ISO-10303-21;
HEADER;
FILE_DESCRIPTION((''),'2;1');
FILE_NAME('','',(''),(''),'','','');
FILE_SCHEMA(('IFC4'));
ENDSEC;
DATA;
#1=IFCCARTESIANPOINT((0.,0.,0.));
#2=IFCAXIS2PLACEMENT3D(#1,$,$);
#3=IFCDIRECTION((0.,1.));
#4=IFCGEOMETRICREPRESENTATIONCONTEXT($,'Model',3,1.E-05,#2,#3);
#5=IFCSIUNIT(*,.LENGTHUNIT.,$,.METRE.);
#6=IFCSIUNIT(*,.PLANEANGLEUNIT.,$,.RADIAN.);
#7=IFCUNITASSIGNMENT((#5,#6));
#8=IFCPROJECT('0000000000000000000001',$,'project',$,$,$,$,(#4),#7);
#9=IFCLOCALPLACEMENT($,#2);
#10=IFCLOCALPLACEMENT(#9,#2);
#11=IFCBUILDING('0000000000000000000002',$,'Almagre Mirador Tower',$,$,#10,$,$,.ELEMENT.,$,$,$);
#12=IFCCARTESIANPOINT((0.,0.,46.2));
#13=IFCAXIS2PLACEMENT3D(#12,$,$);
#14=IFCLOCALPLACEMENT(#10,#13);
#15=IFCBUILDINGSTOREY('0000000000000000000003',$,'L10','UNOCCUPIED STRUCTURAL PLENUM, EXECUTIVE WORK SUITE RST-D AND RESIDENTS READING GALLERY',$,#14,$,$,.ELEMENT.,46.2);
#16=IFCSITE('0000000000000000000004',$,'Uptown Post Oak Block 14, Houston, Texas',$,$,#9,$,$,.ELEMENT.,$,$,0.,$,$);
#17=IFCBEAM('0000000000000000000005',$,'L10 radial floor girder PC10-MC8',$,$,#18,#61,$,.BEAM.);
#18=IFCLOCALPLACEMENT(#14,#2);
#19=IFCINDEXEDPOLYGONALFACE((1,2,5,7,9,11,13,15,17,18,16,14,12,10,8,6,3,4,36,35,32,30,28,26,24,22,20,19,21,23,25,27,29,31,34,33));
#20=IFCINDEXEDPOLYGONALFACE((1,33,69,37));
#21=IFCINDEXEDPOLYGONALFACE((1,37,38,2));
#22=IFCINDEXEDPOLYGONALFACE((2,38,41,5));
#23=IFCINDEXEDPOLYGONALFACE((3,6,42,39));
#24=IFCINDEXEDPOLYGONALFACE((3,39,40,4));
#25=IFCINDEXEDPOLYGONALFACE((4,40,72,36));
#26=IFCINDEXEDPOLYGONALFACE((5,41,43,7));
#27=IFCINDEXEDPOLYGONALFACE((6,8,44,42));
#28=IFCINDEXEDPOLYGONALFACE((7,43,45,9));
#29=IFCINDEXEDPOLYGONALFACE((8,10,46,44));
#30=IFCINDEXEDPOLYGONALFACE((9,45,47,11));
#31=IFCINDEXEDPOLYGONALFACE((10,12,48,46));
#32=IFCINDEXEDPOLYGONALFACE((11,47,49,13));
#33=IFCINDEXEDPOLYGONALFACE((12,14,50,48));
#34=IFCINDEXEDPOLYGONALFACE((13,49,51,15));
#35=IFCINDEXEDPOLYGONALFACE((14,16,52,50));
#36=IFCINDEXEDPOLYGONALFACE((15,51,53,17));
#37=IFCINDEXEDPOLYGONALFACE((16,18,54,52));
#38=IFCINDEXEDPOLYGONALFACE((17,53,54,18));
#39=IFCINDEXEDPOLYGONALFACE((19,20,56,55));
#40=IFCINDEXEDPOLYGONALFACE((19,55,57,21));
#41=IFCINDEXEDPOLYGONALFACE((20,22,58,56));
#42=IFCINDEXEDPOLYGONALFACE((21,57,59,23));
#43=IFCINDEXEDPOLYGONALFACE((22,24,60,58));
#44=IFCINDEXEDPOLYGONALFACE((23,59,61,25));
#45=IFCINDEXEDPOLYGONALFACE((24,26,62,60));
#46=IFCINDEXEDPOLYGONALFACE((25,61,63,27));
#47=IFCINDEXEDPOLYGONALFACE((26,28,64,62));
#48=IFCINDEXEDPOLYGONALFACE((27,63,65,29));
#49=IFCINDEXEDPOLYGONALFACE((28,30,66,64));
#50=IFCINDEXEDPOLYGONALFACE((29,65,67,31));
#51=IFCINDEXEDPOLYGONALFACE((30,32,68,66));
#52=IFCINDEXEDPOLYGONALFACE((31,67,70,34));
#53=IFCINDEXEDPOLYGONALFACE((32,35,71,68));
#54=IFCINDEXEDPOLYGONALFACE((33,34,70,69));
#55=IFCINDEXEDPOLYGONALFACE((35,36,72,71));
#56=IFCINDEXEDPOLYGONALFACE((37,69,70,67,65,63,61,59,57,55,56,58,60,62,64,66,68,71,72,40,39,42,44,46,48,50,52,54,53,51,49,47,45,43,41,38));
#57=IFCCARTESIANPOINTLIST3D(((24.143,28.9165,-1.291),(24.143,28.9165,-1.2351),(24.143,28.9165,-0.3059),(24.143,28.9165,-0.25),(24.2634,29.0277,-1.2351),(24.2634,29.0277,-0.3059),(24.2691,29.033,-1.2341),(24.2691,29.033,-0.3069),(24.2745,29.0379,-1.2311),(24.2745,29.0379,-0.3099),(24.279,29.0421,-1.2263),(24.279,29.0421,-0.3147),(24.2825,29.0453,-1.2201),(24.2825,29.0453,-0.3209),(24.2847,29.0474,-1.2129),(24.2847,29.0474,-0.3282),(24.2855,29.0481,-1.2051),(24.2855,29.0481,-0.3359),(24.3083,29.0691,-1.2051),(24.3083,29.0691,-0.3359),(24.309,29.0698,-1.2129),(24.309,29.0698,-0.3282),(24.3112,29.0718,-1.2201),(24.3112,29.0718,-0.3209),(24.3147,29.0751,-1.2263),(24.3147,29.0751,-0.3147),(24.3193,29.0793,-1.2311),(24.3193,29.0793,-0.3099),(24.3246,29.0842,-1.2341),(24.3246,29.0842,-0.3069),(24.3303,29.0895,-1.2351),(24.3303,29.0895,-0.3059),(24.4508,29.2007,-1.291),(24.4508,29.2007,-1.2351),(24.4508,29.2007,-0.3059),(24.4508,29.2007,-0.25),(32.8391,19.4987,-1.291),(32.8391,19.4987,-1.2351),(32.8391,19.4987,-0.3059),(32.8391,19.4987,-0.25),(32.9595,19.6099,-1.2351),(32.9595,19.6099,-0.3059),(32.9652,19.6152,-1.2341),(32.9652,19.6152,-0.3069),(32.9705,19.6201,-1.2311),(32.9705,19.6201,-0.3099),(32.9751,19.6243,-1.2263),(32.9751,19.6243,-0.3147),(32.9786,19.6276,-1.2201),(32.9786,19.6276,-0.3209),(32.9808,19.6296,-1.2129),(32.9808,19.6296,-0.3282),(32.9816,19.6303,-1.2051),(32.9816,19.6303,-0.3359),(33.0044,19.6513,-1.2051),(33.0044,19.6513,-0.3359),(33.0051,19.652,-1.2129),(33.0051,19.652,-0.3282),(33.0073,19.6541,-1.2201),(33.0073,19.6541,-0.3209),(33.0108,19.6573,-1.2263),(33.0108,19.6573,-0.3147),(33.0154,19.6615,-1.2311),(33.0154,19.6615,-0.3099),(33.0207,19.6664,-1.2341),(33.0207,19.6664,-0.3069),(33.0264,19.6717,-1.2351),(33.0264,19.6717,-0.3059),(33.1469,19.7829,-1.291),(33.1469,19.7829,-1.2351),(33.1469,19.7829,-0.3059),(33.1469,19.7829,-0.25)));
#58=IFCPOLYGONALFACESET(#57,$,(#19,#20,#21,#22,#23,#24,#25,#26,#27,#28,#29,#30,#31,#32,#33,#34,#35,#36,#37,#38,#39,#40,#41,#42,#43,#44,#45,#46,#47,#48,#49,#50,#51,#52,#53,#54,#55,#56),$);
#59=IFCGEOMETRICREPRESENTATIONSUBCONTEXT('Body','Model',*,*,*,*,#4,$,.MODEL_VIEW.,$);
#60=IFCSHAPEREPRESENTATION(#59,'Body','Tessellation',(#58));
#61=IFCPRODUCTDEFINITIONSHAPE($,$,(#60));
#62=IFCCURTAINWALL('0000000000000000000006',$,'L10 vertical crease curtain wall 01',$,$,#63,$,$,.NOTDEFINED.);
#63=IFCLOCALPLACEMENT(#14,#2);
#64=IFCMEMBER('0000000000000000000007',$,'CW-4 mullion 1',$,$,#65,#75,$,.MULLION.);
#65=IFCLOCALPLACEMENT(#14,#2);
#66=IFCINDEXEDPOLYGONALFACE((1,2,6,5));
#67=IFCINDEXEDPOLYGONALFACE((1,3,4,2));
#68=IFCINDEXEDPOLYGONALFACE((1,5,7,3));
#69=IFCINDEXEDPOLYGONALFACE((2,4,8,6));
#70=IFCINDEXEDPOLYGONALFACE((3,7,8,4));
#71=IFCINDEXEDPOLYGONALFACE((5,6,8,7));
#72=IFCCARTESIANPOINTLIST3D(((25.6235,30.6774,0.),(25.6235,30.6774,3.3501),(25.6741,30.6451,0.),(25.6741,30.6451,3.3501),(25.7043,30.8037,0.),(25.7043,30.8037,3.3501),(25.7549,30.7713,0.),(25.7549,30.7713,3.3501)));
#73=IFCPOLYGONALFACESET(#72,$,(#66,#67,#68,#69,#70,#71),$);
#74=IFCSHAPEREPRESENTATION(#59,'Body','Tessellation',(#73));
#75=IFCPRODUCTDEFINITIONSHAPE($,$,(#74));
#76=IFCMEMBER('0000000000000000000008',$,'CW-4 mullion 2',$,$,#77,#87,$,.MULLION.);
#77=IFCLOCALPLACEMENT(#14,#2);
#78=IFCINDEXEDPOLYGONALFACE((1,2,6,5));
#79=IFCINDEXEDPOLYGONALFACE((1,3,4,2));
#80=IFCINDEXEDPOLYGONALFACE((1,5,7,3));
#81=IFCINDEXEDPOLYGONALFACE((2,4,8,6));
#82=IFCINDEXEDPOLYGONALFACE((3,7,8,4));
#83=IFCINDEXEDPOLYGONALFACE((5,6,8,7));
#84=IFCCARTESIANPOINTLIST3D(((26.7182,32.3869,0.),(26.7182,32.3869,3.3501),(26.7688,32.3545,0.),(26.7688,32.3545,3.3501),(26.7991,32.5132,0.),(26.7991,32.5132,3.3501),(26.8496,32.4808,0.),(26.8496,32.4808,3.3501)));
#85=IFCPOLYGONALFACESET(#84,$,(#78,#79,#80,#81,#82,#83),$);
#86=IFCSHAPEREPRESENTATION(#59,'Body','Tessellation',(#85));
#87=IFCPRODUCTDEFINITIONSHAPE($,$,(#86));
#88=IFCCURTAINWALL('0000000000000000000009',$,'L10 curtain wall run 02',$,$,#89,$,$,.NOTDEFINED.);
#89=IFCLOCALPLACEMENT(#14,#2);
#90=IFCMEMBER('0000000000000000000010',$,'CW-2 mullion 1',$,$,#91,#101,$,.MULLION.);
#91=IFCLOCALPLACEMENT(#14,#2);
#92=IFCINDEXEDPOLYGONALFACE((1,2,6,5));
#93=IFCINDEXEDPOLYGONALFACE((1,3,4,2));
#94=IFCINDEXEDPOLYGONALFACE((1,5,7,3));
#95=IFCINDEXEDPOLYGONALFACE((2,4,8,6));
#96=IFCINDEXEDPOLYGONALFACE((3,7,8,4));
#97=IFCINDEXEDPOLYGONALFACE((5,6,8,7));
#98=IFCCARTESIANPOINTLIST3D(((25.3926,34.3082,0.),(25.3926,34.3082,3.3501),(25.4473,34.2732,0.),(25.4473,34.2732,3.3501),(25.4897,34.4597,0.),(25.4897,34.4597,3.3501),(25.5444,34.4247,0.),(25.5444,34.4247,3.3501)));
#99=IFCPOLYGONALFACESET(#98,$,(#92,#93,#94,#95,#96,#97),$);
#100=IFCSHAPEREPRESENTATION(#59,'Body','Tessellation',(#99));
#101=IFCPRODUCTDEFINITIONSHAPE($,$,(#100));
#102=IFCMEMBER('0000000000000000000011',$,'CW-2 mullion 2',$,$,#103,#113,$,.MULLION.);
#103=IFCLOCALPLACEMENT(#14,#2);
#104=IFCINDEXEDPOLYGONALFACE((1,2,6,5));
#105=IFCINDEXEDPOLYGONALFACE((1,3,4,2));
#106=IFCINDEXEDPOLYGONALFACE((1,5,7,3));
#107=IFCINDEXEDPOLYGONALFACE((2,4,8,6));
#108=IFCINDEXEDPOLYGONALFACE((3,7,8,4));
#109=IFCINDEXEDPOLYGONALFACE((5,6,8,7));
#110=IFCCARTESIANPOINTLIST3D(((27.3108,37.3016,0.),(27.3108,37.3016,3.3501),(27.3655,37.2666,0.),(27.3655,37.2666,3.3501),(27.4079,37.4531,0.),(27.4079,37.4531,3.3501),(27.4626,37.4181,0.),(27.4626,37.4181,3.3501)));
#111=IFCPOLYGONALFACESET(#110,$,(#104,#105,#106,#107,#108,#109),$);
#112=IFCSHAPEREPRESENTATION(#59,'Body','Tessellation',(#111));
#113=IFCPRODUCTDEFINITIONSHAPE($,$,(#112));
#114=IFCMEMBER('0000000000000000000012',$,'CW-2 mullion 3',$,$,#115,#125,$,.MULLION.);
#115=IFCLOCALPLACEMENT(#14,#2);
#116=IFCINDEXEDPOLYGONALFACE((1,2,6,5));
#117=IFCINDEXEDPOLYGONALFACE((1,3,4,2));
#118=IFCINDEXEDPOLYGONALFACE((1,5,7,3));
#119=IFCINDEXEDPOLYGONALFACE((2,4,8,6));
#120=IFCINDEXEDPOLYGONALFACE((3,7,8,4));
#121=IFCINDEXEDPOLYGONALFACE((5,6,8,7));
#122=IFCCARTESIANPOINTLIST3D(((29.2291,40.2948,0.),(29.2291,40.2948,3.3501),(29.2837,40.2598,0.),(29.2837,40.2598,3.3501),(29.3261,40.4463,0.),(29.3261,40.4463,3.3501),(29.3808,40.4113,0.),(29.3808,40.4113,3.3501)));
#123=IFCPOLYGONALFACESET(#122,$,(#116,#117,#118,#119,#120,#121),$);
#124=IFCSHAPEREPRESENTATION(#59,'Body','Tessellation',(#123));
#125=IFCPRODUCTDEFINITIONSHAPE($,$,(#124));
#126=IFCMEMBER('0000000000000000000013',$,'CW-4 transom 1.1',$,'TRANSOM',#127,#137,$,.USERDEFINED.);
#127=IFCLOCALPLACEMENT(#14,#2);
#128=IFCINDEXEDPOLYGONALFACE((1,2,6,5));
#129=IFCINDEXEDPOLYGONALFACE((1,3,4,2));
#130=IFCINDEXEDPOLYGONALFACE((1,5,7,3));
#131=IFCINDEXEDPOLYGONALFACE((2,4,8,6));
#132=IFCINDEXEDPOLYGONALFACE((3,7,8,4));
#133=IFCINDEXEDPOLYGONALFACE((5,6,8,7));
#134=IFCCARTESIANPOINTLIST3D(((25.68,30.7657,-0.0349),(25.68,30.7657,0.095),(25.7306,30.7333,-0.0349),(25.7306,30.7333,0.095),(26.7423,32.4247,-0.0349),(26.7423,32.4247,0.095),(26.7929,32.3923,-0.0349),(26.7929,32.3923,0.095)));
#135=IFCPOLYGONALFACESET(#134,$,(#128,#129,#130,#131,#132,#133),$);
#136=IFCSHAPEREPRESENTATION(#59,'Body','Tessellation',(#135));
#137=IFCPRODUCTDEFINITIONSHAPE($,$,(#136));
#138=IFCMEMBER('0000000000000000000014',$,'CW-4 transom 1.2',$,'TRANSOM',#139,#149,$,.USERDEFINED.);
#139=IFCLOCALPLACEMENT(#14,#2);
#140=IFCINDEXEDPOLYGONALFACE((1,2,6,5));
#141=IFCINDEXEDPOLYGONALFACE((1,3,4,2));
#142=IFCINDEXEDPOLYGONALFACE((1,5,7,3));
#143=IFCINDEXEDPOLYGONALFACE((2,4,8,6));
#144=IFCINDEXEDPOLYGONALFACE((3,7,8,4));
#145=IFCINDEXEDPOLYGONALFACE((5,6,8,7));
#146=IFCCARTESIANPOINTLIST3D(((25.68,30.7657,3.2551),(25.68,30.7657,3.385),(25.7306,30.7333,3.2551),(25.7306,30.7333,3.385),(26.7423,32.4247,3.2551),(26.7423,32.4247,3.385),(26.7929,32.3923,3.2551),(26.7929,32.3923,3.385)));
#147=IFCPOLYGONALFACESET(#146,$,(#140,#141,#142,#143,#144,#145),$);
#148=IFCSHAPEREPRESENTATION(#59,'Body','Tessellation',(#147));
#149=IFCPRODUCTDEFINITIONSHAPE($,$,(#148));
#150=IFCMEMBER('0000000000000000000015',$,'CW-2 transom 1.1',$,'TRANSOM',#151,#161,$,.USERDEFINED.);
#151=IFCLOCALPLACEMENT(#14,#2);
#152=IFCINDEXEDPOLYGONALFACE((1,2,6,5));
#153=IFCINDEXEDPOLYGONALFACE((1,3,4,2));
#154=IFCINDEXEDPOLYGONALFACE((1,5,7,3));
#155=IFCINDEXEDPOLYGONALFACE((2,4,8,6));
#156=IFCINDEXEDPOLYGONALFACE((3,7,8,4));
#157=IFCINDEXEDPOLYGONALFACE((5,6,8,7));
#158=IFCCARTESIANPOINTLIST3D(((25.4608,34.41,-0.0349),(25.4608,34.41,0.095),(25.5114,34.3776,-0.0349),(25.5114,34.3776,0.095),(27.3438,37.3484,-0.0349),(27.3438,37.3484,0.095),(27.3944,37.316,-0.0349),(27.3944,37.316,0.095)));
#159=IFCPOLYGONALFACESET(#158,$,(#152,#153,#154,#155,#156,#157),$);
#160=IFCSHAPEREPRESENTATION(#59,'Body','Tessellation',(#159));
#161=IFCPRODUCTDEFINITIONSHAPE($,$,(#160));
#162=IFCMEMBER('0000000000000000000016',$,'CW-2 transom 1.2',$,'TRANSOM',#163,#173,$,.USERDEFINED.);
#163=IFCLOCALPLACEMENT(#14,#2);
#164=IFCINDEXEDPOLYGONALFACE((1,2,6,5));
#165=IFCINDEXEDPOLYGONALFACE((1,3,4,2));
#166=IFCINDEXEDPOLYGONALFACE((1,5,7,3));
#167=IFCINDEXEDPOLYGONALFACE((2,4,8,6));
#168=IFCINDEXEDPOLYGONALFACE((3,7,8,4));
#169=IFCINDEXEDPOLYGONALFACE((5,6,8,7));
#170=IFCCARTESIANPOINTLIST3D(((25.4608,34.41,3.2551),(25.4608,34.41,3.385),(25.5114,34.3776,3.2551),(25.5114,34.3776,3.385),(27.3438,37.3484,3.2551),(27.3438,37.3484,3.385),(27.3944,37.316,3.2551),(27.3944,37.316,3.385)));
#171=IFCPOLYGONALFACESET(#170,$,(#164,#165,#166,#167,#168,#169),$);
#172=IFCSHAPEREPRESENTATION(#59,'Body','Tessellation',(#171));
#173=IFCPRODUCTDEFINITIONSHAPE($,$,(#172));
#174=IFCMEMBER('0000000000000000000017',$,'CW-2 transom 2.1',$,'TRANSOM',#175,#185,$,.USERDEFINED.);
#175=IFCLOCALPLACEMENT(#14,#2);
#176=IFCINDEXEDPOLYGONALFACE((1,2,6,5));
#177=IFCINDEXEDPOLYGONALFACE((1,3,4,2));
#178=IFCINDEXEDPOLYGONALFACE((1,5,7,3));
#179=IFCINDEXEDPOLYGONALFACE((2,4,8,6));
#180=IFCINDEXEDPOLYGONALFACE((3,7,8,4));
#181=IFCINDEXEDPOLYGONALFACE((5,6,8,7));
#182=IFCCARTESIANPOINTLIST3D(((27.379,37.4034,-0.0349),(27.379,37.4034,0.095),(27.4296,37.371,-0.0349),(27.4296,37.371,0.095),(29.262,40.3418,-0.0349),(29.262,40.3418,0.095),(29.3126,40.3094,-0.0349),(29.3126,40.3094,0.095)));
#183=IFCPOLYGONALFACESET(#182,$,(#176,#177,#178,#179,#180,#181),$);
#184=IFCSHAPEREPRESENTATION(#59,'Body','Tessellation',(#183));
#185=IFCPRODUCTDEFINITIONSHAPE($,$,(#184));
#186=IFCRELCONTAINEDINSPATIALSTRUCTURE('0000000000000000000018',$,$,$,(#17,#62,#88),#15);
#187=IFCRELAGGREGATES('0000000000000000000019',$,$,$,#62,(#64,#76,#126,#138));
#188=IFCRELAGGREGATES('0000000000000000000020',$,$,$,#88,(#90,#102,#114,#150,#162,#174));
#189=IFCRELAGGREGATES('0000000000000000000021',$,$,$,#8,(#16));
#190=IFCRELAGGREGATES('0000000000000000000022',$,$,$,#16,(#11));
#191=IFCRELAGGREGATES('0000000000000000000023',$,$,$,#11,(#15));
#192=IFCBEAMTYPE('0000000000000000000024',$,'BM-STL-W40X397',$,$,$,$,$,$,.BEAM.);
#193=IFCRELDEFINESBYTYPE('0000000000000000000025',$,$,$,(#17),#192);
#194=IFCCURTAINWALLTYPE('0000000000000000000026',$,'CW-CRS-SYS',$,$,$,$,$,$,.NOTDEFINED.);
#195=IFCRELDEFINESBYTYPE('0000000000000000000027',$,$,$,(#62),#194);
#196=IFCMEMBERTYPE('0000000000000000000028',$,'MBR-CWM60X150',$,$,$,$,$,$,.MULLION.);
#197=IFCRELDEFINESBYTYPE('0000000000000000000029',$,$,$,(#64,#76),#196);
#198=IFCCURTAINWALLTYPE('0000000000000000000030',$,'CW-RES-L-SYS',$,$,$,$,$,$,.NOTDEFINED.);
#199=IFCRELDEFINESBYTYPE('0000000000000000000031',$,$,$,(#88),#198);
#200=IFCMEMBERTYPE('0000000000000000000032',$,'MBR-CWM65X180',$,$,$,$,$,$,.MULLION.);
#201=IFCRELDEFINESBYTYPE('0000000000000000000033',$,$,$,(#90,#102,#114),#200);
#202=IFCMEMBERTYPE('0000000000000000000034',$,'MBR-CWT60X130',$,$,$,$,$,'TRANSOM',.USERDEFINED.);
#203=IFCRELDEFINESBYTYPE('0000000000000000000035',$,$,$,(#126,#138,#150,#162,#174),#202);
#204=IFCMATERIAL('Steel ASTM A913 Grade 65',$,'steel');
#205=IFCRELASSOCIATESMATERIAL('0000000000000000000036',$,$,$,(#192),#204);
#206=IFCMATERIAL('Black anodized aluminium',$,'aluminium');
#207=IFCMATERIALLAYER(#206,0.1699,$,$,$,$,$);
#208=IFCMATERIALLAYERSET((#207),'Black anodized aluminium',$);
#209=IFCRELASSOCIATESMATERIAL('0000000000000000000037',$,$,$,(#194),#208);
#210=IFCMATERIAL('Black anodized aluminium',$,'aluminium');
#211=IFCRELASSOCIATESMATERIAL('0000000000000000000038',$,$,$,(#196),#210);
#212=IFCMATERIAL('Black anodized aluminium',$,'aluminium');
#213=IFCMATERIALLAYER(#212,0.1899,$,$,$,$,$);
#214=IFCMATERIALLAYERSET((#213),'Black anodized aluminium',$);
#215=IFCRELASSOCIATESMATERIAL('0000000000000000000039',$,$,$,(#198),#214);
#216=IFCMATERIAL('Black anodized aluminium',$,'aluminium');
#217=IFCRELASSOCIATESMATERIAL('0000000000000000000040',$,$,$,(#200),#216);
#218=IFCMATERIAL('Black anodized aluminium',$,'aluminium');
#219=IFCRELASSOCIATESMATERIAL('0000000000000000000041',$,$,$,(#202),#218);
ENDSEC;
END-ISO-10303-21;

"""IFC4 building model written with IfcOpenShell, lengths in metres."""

from ifc_helpers import new_model, si_unit, direction, frame, origin, origin_2d, place, context, subcontext, project, spatial, rectangle, i_section, extrude, material, layer, layer_set, material_profile, profile_set, type_object, element, aggregate, save


model = new_model("IFC4")

# Units and contexts
model_context = context("Model", 3, precision=1e-05, world=origin(), true_north=direction((0.0, 1.0)))
body_context = subcontext(model_context, "Body", "Model", "MODEL_VIEW")
ifc_project = project(units=[si_unit("LENGTHUNIT", "METRE"), si_unit("PLANEANGLEUNIT", "RADIAN")], contexts=[model_context])

# Site, building, storey
site_placement = place(None, origin())
site = spatial("IfcSite", under=ifc_project, at=site_placement, Name="Uptown Post Oak Block 14, Houston, Texas", CompositionType="ELEMENT", RefElevation=0.0)
building_placement = place(site_placement, origin())
building = spatial("IfcBuilding", under=site, at=building_placement, Name="Almagre Mirador Tower", CompositionType="ELEMENT")
storey_placement = place(building_placement, frame((0.0, 0.0, 46.2)))
storey = spatial("IfcBuildingStorey", under=building, at=storey_placement, Name="L10", Description="UNOCCUPIED STRUCTURAL PLENUM, EXECUTIVE WORK SUITE RST-D AND RESIDENTS READING GALLERY", CompositionType="ELEMENT", Elevation=46.2)

# Beam
ifc_material_1 = material(Name="Steel ASTM A913 Grade 65", Category="steel")
ifc_material_profile_1 = material_profile(ifc_material_1, i_section(OverallWidth=0.4189, OverallDepth=1.041, WebThickness=0.031, FlangeThickness=0.0559, FilletRadius=0.03, at=origin_2d()), Name="W40X397")
ifc_profile_set_1 = profile_set([ifc_material_profile_1], Name="Steel ASTM A913 Grade 65")
beam_type_1 = type_object("IfcBeamType", Name="BM-STL-W40X397", PredefinedType="BEAM", material=ifc_profile_set_1)
beam_1_placement = place(storey_placement, frame((24.2969, 29.0586, -0.7705), z_axis=(0.678396, -0.734696, 0.0), x_axis=(0.734696, 0.678396, 0.0)))
element("IfcBeam", 1, at=beam_1_placement, inside=storey, type_object=beam_type_1, Name="L10 radial floor girder PC10-MC8", PredefinedType="BEAM", context=body_context, shape_type="SweptSolid", body=[
    extrude(i_section(OverallWidth=0.4189, OverallDepth=1.041, WebThickness=0.031, FlangeThickness=0.0559, FilletRadius=0.03, at=origin_2d()), origin(), (0.0, 0.0, 1.0), 12.8186),
])

# Curtain walls, members
ifc_material_2 = material(Name="Black anodized aluminium", Category="aluminium")
ifc_layer_1 = layer(ifc_material_2, 0.1699)
ifc_layer_set_1 = layer_set([ifc_layer_1], Name="Black anodized aluminium")
curtain_wall_type_1 = type_object("IfcCurtainWallType", Name="CW-CRS-SYS", PredefinedType="NOTDEFINED", material=ifc_layer_set_1)
curtain_wall_1_placement = place(storey_placement, origin())
curtain_wall_1 = element("IfcCurtainWall", 2, at=curtain_wall_1_placement, inside=storey, type_object=curtain_wall_type_1, Name="L10 vertical crease curtain wall 01", PredefinedType="NOTDEFINED")
ifc_material_3 = material(Name="Black anodized aluminium", Category="aluminium")
ifc_material_profile_2 = material_profile(ifc_material_3, rectangle(XDim=0.0601, YDim=0.1499, at=origin_2d()), Name="CWM60X150")
ifc_profile_set_2 = profile_set([ifc_material_profile_2], Name="Black anodized aluminium")
member_type_1 = type_object("IfcMemberType", Name="MBR-CWM60X150", PredefinedType="MULLION", material=ifc_profile_set_2)
member_1_placement = place(storey_placement, frame((25.6892, 30.7244, 0.0), z_axis=(0.0, 0.0, 1.0), x_axis=(-0.842141, 0.539257, 0.0)))
member_1 = element("IfcMember", 3, at=member_1_placement, type_object=member_type_1, Name="CW-4 mullion 1", PredefinedType="MULLION", context=body_context, shape_type="SweptSolid", body=[
    extrude(rectangle(XDim=0.0601, YDim=0.1499, at=origin_2d()), origin(), (0.0, 0.0, 1.0), 3.3501),
])
member_2_placement = place(storey_placement, frame((26.7839, 32.4338, 0.0), z_axis=(0.0, 0.0, 1.0), x_axis=(-0.842141, 0.539257, 0.0)))
member_2 = element("IfcMember", 4, at=member_2_placement, type_object=member_type_1, Name="CW-4 mullion 2", PredefinedType="MULLION", context=body_context, shape_type="SweptSolid", body=[
    extrude(rectangle(XDim=0.0601, YDim=0.1499, at=origin_2d()), origin(), (0.0, 0.0, 1.0), 3.3501),
])
ifc_material_4 = material(Name="Black anodized aluminium", Category="aluminium")
ifc_layer_2 = layer(ifc_material_4, 0.1899)
ifc_layer_set_2 = layer_set([ifc_layer_2], Name="Black anodized aluminium")
curtain_wall_type_2 = type_object("IfcCurtainWallType", Name="CW-RES-L-SYS", PredefinedType="NOTDEFINED", material=ifc_layer_set_2)
curtain_wall_2_placement = place(storey_placement, origin())
curtain_wall_2 = element("IfcCurtainWall", 5, at=curtain_wall_2_placement, inside=storey, type_object=curtain_wall_type_2, Name="L10 curtain wall run 02", PredefinedType="NOTDEFINED")
ifc_material_5 = material(Name="Black anodized aluminium", Category="aluminium")
ifc_material_profile_3 = material_profile(ifc_material_5, rectangle(XDim=0.0649, YDim=0.1799, at=origin_2d()), Name="CWM65X180")
ifc_profile_set_3 = profile_set([ifc_material_profile_3], Name="Black anodized aluminium")
member_type_2 = type_object("IfcMemberType", Name="MBR-CWM65X180", PredefinedType="MULLION", material=ifc_profile_set_3)
member_3_placement = place(storey_placement, frame((25.4685, 34.3665, 0.0), z_axis=(0.0, 0.0, 1.0), x_axis=(-0.841959, 0.539542, 0.0)))
member_3 = element("IfcMember", 6, at=member_3_placement, type_object=member_type_2, Name="CW-2 mullion 1", PredefinedType="MULLION", context=body_context, shape_type="SweptSolid", body=[
    extrude(rectangle(XDim=0.0649, YDim=0.1799, at=origin_2d()), origin(), (0.0, 0.0, 1.0), 3.3501),
])
member_4_placement = place(storey_placement, frame((27.3867, 37.3599, 0.0), z_axis=(0.0, 0.0, 1.0), x_axis=(-0.841959, 0.539542, 0.0)))
member_4 = element("IfcMember", 7, at=member_4_placement, type_object=member_type_2, Name="CW-2 mullion 2", PredefinedType="MULLION", context=body_context, shape_type="SweptSolid", body=[
    extrude(rectangle(XDim=0.0649, YDim=0.1799, at=origin_2d()), origin(), (0.0, 0.0, 1.0), 3.3501),
])
member_5_placement = place(storey_placement, frame((29.3049, 40.353, 0.0), z_axis=(0.0, 0.0, 1.0), x_axis=(-0.841959, 0.539542, 0.0)))
member_5 = element("IfcMember", 8, at=member_5_placement, type_object=member_type_2, Name="CW-2 mullion 3", PredefinedType="MULLION", context=body_context, shape_type="SweptSolid", body=[
    extrude(rectangle(XDim=0.0649, YDim=0.1799, at=origin_2d()), origin(), (0.0, 0.0, 1.0), 3.3501),
])

# Members
ifc_material_6 = material(Name="Black anodized aluminium", Category="aluminium")
ifc_material_profile_4 = material_profile(ifc_material_6, rectangle(XDim=0.0601, YDim=0.1299, at=origin_2d()), Name="CWT60X130")
ifc_profile_set_4 = profile_set([ifc_material_profile_4], Name="Black anodized aluminium")
member_type_3 = type_object("IfcMemberType", Name="MBR-CWT60X130", ElementType="TRANSOM", PredefinedType="USERDEFINED", material=ifc_profile_set_4)
member_6_placement = place(storey_placement, frame((25.7053, 30.7495, 0.03), z_axis=(0.539247, 0.842148, 0.0), x_axis=(-0.842148, 0.539247, 0.0)))
member_6 = element("IfcMember", 9, at=member_6_placement, type_object=member_type_3, Name="CW-4 transom 1.1", ObjectType="TRANSOM", PredefinedType="USERDEFINED", context=body_context, shape_type="SweptSolid", body=[
    extrude(rectangle(XDim=0.0601, YDim=0.1299, at=origin_2d()), origin(), (0.0, 0.0, 1.0), 1.97),
])
member_7_placement = place(storey_placement, frame((25.7053, 30.7495, 3.3201), z_axis=(0.539247, 0.842148, 0.0), x_axis=(-0.842148, 0.539247, 0.0)))
member_7 = element("IfcMember", 10, at=member_7_placement, type_object=member_type_3, Name="CW-4 transom 1.2", ObjectType="TRANSOM", PredefinedType="USERDEFINED", context=body_context, shape_type="SweptSolid", body=[
    extrude(rectangle(XDim=0.0601, YDim=0.1299, at=origin_2d()), origin(), (0.0, 0.0, 1.0), 1.97),
])
member_8_placement = place(storey_placement, frame((25.4861, 34.3938, 0.03), z_axis=(0.539548, 0.841955, 0.0), x_axis=(-0.841955, 0.539548, 0.0)))
member_8 = element("IfcMember", 11, at=member_8_placement, type_object=member_type_3, Name="CW-2 transom 1.1", ObjectType="TRANSOM", PredefinedType="USERDEFINED", context=body_context, shape_type="SweptSolid", body=[
    extrude(rectangle(XDim=0.0601, YDim=0.1299, at=origin_2d()), origin(), (0.0, 0.0, 1.0), 3.49),
])
member_9_placement = place(storey_placement, frame((25.4861, 34.3938, 3.3201), z_axis=(0.539548, 0.841955, 0.0), x_axis=(-0.841955, 0.539548, 0.0)))
member_9 = element("IfcMember", 12, at=member_9_placement, type_object=member_type_3, Name="CW-2 transom 1.2", ObjectType="TRANSOM", PredefinedType="USERDEFINED", context=body_context, shape_type="SweptSolid", body=[
    extrude(rectangle(XDim=0.0601, YDim=0.1299, at=origin_2d()), origin(), (0.0, 0.0, 1.0), 3.49),
])
member_10_placement = place(storey_placement, frame((27.4043, 37.3872, 0.03), z_axis=(0.539548, 0.841955, 0.0), x_axis=(-0.841955, 0.539548, 0.0)))
member_10 = element("IfcMember", 13, at=member_10_placement, type_object=member_type_3, Name="CW-2 transom 2.1", ObjectType="TRANSOM", PredefinedType="USERDEFINED", context=body_context, shape_type="SweptSolid", body=[
    extrude(rectangle(XDim=0.0601, YDim=0.1299, at=origin_2d()), origin(), (0.0, 0.0, 1.0), 3.49),
])

aggregate(curtain_wall_1, [member_1, member_2, member_6, member_7])
aggregate(curtain_wall_2, [member_3, member_4, member_5, member_8, member_9, member_10])

save(model, "model.ifc")
